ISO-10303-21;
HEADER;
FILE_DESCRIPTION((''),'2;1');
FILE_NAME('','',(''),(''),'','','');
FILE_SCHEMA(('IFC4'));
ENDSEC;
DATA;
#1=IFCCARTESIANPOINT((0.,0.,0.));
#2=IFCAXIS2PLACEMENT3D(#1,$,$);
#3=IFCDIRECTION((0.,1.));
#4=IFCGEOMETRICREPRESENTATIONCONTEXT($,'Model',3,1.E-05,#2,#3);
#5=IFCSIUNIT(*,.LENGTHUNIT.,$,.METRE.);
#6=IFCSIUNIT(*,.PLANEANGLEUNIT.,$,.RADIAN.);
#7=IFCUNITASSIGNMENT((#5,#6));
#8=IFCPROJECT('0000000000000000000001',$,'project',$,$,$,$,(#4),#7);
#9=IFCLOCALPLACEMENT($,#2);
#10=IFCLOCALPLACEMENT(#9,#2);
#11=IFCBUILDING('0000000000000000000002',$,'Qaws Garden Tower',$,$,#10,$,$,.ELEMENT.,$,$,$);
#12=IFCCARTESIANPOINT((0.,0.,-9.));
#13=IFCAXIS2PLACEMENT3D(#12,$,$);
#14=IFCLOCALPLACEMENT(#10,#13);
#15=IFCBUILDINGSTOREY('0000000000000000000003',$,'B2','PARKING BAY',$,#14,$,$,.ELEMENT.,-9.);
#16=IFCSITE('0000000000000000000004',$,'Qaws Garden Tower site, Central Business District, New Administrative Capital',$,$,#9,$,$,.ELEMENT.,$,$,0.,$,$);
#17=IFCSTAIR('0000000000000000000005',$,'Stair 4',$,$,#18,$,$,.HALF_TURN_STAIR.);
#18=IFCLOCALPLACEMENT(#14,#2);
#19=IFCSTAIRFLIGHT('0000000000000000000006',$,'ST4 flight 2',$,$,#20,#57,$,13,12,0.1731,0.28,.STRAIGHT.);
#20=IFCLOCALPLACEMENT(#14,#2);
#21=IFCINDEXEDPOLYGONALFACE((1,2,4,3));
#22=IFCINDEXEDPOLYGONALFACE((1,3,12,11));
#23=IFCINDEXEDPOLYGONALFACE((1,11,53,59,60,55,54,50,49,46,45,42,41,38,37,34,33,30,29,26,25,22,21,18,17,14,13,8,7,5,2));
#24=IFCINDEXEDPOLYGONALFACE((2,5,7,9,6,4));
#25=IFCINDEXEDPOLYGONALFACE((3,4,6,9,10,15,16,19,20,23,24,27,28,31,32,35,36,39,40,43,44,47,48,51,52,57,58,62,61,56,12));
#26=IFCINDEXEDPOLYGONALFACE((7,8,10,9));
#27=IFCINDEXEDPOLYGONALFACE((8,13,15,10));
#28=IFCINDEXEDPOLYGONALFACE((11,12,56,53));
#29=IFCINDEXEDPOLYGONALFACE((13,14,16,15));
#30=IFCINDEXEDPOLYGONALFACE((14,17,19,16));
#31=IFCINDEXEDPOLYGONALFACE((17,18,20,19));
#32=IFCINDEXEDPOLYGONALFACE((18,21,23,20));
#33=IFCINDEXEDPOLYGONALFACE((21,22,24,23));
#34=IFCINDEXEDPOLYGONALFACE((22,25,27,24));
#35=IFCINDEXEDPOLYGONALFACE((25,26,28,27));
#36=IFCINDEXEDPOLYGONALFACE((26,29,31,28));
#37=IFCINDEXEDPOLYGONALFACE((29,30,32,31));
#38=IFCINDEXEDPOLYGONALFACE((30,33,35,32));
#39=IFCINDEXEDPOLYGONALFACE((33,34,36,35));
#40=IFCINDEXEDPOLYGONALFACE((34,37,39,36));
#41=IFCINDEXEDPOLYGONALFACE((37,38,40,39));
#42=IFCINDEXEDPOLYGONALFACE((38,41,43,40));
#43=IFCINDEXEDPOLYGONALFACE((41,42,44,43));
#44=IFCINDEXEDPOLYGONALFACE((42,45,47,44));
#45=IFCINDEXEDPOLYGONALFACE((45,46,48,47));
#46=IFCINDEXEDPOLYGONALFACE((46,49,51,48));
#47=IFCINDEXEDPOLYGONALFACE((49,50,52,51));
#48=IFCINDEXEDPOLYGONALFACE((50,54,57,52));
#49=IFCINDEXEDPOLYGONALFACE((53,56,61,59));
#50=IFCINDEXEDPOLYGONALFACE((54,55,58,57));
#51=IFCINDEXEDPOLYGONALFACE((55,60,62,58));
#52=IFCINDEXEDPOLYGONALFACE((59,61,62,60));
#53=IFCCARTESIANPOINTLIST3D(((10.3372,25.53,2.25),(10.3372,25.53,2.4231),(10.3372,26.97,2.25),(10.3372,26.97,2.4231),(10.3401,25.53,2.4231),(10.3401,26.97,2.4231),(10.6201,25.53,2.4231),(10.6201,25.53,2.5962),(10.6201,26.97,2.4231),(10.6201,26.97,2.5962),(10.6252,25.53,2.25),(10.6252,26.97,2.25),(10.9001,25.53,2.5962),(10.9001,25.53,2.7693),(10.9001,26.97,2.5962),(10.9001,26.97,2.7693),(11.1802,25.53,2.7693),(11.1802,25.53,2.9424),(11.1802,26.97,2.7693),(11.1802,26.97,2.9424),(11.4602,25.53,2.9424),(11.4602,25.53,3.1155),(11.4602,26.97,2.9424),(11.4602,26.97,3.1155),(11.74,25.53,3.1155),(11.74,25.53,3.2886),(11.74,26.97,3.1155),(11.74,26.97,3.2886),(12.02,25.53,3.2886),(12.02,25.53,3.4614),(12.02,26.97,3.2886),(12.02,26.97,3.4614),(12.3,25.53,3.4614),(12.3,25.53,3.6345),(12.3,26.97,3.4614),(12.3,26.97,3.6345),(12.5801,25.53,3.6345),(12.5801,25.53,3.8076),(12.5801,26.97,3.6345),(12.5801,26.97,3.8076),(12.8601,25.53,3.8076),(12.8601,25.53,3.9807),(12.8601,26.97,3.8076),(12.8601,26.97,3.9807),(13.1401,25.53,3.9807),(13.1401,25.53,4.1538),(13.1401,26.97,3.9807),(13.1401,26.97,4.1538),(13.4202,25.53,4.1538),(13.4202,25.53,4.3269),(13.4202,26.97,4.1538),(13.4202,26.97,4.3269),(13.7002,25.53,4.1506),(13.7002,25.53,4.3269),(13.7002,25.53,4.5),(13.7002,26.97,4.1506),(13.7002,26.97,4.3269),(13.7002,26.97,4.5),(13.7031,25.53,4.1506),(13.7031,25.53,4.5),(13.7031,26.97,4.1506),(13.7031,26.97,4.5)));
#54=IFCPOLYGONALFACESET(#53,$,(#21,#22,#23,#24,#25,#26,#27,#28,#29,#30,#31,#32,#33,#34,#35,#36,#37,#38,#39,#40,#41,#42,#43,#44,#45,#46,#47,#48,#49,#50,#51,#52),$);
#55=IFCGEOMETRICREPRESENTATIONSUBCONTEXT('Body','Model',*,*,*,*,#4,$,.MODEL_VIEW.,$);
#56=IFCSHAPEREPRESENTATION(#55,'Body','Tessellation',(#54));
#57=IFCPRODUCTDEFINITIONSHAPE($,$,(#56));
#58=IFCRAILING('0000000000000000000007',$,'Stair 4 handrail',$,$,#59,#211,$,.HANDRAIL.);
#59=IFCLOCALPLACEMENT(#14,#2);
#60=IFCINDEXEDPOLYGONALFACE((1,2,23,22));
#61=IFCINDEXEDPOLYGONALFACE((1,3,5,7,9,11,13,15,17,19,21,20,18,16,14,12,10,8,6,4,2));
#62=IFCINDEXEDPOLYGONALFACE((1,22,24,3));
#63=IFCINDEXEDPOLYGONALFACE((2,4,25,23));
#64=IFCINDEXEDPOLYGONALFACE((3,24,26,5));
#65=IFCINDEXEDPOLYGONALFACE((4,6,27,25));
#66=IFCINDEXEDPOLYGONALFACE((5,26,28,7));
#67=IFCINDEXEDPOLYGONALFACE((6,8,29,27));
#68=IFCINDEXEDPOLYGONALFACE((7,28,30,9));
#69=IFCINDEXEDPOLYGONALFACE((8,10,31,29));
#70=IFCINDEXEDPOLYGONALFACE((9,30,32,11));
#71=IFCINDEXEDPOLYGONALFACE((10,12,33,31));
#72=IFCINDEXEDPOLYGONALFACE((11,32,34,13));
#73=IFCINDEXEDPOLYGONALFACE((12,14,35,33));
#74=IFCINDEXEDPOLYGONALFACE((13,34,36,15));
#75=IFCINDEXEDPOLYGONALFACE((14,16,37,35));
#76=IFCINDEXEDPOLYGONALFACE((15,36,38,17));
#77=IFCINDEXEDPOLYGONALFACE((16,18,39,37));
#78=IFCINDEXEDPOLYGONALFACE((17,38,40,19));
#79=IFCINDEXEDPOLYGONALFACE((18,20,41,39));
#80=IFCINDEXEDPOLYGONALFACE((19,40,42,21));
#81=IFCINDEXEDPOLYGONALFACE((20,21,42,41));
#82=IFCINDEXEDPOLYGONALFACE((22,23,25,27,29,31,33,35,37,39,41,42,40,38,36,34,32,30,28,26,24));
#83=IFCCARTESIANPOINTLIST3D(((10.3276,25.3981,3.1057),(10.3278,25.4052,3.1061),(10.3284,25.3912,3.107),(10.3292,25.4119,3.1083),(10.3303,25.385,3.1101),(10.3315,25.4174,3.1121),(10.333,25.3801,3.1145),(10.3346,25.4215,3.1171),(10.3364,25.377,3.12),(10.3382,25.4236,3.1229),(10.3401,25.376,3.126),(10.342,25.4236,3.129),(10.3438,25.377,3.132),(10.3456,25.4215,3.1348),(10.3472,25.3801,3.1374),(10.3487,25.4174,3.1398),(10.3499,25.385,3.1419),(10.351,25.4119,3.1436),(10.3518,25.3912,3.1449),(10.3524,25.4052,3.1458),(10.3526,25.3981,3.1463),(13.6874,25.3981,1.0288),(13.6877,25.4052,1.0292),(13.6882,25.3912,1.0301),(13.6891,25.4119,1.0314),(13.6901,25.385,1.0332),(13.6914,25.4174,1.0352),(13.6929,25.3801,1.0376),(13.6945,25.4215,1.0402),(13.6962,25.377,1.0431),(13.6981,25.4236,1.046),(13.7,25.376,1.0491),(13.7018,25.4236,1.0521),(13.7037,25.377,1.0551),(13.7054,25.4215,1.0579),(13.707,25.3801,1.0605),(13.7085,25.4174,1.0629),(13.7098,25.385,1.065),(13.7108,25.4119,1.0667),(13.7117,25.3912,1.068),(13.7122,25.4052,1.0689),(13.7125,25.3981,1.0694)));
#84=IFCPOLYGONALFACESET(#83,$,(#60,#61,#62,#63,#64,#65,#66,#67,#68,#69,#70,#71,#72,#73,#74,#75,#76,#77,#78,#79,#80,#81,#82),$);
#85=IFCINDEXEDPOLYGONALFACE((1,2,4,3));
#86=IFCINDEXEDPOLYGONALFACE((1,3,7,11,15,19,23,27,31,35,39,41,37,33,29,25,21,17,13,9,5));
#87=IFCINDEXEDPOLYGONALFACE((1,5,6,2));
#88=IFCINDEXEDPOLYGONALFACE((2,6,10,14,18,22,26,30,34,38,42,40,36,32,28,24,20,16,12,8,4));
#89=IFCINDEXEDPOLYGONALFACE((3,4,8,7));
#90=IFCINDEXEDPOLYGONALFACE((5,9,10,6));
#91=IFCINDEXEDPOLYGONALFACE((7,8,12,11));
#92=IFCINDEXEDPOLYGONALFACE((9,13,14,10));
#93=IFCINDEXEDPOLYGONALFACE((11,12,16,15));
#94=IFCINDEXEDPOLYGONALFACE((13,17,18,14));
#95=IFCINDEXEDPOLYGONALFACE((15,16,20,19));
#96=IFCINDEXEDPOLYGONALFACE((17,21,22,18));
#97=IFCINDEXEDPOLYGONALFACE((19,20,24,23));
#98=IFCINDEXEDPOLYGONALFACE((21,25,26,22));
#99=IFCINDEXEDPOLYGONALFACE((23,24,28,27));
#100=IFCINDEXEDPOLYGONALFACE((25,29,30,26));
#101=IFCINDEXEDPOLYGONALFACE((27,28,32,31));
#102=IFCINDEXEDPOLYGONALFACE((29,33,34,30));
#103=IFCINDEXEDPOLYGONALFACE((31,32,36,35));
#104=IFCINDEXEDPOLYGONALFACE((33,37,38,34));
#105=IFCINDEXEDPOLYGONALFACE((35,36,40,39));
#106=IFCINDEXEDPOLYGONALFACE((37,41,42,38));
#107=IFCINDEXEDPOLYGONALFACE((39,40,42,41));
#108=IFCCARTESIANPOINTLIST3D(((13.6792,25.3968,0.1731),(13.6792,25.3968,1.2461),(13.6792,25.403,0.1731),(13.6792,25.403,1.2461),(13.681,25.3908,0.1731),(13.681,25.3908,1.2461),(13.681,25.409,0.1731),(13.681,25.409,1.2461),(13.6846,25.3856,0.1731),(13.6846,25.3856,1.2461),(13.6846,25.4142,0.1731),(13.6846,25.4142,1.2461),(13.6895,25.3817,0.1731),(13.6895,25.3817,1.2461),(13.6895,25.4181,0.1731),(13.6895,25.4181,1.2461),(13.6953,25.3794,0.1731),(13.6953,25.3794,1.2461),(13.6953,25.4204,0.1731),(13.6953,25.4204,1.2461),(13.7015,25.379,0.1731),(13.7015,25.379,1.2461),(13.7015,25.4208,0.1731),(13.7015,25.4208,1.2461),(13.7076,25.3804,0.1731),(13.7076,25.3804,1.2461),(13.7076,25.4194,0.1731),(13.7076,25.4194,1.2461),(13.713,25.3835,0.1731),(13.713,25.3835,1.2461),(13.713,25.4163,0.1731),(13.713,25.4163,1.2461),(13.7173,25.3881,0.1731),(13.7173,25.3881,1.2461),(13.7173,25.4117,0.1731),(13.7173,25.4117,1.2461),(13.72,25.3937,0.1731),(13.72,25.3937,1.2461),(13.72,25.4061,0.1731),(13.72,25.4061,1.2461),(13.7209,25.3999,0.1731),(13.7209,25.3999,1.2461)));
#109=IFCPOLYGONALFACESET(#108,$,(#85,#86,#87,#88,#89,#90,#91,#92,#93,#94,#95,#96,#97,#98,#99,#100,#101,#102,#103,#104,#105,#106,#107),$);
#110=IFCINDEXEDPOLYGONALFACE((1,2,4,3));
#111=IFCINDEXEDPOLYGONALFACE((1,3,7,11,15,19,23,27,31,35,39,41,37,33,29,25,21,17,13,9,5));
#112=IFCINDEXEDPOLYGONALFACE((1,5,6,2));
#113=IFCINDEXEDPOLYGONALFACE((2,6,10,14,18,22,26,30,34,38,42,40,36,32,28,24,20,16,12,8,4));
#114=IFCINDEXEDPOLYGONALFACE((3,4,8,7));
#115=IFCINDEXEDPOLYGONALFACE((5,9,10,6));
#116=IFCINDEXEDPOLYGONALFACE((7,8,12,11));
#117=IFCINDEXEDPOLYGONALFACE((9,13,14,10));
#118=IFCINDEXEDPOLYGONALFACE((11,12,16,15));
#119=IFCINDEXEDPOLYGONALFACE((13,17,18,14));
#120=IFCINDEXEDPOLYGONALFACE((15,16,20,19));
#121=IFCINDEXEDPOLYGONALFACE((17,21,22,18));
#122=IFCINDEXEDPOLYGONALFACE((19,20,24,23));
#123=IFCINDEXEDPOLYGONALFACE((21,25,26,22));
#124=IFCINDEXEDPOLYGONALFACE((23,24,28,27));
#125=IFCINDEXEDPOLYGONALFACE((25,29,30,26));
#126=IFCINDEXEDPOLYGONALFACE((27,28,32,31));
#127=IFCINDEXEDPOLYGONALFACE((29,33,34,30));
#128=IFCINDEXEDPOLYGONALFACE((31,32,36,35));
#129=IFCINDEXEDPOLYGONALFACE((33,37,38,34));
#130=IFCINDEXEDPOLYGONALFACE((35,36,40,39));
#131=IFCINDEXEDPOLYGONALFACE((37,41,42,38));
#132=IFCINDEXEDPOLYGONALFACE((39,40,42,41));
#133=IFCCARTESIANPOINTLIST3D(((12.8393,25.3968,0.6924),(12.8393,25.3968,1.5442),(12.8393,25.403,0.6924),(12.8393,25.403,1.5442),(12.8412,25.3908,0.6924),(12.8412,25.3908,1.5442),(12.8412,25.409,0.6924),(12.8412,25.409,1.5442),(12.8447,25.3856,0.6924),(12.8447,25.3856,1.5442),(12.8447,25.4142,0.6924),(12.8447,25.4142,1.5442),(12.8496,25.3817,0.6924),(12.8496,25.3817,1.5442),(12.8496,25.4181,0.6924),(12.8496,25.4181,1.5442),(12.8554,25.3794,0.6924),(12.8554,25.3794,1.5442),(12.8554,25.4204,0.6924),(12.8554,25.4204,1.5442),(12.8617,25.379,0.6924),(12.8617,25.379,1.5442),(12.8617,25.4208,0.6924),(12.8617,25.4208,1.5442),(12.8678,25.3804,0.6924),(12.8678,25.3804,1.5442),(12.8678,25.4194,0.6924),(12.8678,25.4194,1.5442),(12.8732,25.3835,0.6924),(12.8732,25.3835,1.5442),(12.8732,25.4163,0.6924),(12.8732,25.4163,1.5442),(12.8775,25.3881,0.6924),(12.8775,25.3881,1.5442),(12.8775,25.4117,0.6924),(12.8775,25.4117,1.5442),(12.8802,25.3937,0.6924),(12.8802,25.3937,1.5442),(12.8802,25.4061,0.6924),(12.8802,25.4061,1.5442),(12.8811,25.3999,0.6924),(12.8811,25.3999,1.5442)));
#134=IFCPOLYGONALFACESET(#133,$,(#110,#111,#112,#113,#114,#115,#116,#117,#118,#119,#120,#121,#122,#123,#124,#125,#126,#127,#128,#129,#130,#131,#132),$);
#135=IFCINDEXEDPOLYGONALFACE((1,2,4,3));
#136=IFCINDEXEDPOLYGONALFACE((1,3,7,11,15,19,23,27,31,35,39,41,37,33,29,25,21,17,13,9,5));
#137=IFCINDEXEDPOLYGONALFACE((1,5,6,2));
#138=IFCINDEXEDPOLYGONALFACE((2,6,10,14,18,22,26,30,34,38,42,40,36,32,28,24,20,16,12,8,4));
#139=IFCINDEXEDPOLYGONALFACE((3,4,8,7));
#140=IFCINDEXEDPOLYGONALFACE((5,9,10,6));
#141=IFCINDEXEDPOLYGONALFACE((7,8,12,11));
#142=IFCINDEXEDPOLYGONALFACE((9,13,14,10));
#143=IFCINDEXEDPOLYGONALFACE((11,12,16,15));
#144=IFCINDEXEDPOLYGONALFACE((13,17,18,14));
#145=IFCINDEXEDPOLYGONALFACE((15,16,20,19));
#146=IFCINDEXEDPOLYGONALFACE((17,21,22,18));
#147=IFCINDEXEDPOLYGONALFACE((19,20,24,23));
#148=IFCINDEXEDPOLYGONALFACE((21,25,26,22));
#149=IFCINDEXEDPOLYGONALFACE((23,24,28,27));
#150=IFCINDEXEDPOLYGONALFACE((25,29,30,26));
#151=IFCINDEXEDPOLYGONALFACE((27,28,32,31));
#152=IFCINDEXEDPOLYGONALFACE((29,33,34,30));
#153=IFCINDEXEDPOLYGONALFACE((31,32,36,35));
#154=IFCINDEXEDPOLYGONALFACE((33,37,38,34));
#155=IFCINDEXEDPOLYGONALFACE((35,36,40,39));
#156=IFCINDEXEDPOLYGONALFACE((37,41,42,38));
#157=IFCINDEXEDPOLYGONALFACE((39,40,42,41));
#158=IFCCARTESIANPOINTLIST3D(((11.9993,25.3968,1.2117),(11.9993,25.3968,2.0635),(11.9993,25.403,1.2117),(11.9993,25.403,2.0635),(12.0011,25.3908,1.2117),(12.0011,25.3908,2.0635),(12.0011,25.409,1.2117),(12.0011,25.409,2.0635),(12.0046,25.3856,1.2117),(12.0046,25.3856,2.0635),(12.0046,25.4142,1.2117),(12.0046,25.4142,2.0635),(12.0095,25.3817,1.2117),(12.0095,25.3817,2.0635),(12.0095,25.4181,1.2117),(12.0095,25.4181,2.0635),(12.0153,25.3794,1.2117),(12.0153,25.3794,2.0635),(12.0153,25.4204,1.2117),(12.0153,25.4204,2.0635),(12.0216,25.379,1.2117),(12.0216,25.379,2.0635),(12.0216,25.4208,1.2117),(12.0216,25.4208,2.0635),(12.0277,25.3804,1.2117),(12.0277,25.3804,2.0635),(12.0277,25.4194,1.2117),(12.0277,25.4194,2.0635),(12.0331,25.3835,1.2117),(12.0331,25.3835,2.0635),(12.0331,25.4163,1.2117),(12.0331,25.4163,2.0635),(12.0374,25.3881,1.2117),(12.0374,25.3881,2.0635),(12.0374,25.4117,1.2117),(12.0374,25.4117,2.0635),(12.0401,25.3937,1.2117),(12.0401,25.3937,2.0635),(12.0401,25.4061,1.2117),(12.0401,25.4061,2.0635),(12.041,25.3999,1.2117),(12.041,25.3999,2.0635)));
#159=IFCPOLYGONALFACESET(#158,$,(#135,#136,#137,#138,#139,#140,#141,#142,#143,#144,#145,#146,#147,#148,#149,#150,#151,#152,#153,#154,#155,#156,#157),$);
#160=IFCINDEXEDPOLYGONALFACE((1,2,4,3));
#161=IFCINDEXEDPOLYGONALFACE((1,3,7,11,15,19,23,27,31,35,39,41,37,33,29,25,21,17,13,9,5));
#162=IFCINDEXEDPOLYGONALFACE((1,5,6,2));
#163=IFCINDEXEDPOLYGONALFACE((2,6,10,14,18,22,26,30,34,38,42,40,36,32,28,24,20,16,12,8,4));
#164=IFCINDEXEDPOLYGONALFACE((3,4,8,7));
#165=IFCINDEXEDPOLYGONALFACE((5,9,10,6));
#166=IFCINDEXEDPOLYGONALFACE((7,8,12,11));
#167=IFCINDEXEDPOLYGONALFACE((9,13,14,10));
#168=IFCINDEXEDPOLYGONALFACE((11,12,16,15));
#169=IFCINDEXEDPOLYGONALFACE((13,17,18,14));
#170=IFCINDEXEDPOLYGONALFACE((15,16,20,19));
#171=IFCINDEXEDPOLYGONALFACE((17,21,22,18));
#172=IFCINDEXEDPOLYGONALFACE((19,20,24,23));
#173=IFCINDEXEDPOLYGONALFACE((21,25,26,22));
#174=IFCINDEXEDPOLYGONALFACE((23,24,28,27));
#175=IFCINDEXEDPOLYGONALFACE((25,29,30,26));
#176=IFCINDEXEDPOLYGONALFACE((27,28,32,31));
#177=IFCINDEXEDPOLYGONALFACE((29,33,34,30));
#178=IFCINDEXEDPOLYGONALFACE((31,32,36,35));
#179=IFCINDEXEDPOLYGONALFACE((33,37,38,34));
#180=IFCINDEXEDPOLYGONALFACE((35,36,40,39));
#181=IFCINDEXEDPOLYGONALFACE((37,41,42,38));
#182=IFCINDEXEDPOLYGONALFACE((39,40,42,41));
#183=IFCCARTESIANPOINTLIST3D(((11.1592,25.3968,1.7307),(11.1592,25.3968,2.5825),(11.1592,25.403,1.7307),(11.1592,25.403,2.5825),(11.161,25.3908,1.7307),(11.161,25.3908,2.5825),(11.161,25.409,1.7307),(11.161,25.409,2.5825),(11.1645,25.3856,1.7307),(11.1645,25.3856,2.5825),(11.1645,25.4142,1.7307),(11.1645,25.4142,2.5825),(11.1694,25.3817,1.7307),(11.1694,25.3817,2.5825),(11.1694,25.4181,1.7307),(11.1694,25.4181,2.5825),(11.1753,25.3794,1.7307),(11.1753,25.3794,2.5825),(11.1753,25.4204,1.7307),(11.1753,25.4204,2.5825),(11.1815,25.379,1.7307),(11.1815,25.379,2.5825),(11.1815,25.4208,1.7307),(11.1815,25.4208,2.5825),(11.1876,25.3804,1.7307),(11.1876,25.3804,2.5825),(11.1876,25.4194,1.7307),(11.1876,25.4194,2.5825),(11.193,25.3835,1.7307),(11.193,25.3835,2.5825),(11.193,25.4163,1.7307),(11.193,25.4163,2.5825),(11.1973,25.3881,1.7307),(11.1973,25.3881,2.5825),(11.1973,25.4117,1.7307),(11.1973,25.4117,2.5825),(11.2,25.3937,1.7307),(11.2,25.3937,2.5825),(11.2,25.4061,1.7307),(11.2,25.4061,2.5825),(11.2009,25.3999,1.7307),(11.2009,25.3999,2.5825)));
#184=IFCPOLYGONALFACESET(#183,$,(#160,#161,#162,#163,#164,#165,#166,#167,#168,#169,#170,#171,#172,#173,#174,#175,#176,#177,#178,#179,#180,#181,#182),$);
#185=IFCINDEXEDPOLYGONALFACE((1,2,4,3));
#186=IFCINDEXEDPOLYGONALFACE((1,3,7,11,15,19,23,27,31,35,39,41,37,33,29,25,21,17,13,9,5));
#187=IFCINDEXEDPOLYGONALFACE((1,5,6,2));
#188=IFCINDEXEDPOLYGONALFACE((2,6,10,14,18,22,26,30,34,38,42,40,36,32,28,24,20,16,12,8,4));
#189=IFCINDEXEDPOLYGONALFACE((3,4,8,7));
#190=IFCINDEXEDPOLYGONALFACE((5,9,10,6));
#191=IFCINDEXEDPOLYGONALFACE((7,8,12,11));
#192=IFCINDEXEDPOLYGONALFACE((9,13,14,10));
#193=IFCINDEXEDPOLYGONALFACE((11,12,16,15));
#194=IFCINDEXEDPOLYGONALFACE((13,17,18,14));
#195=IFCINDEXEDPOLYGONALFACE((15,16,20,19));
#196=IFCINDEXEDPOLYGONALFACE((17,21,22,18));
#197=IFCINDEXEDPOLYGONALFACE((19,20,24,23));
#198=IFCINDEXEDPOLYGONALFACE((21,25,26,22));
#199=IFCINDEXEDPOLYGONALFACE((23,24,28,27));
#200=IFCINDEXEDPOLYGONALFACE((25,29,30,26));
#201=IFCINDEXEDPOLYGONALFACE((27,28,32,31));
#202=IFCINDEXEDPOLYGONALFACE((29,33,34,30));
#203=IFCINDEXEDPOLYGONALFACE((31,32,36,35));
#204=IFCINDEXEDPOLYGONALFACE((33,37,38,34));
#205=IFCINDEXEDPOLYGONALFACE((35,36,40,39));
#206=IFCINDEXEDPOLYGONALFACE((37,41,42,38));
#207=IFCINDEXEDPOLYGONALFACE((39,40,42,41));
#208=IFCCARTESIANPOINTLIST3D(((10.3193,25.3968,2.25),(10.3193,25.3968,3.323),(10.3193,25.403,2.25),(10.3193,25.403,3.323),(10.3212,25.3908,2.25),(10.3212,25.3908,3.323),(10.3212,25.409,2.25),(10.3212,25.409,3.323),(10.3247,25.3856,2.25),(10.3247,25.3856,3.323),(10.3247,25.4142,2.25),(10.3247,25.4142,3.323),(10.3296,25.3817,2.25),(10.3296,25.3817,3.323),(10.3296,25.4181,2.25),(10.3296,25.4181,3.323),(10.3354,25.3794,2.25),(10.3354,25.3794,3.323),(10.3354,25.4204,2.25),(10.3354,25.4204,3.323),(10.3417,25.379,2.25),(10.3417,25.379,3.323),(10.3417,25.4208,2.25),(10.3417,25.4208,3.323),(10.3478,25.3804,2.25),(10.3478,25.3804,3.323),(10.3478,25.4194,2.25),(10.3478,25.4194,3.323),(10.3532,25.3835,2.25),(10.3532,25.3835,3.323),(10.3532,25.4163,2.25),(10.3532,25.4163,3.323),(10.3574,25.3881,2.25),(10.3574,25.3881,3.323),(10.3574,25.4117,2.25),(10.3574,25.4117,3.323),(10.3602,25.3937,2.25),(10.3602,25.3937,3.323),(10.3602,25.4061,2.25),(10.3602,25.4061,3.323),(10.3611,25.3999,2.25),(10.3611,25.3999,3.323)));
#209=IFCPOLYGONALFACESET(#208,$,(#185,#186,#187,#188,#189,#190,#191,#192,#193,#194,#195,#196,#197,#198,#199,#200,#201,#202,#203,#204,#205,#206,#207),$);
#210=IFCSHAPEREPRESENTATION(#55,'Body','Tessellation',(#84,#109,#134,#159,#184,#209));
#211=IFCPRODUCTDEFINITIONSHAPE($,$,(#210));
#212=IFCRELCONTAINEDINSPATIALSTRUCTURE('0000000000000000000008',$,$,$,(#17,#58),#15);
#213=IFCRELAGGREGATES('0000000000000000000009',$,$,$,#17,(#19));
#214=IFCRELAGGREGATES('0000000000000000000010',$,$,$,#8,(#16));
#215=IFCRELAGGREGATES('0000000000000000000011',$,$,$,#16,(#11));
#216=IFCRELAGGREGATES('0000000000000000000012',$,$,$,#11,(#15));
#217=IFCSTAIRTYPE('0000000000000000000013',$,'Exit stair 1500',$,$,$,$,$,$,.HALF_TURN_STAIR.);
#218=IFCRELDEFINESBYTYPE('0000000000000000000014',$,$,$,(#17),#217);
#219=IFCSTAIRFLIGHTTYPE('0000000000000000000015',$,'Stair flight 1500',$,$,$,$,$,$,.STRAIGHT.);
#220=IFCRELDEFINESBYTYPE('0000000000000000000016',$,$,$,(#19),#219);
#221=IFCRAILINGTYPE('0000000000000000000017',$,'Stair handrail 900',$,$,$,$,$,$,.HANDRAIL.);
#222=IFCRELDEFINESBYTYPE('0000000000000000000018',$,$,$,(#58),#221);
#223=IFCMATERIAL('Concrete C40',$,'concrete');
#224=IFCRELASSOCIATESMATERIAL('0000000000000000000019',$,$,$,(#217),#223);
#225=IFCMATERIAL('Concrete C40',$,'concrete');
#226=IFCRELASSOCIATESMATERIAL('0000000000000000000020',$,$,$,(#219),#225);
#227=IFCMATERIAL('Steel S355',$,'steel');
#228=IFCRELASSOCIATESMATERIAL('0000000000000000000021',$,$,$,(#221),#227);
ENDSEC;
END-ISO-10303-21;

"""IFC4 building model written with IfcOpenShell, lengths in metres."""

from ifc_helpers import new_model, si_unit, direction, frame, origin, origin_2d, place, context, subcontext, project, spatial, polyline, circle, outline, extrude, material, type_object, element, aggregate, save


model = new_model("IFC4")

# Units and contexts
model_context = context("Model", 3, precision=1e-05, world=origin(), true_north=direction((0.0, 1.0)))
body_context = subcontext(model_context, "Body", "Model", "MODEL_VIEW")
ifc_project = project(units=[si_unit("LENGTHUNIT", "METRE"), si_unit("PLANEANGLEUNIT", "RADIAN")], contexts=[model_context])

# Site, building, storey
site_placement = place(None, origin())
site = spatial("IfcSite", under=ifc_project, at=site_placement, Name="Qaws Garden Tower site, Central Business District, New Administrative Capital", CompositionType="ELEMENT", RefElevation=0.0)
building_placement = place(site_placement, origin())
building = spatial("IfcBuilding", under=site, at=building_placement, Name="Qaws Garden Tower", CompositionType="ELEMENT")
storey_placement = place(building_placement, frame((0.0, 0.0, -9.0)))
storey = spatial("IfcBuildingStorey", under=building, at=storey_placement, Name="B2", Description="PARKING BAY", CompositionType="ELEMENT", Elevation=-9.0)

# Stair, stair flight
ifc_material_1 = material(Name="Concrete C40", Category="concrete")
stair_type = type_object("IfcStairType", Name="Exit stair 1500", PredefinedType="HALF_TURN_STAIR", material=ifc_material_1)
stair_placement = place(storey_placement, origin())
stair = element("IfcStair", 1, at=stair_placement, inside=storey, type_object=stair_type, Name="Stair 4", PredefinedType="HALF_TURN_STAIR")
ifc_material_2 = material(Name="Concrete C40", Category="concrete")
stair_flight_type = type_object("IfcStairFlightType", Name="Stair flight 1500", PredefinedType="STRAIGHT", material=ifc_material_2)
stair_flight_1_placement = place(storey_placement, frame((10.3401, 26.25, 2.25), z_axis=(0.0, 0.0, 1.0), x_axis=(1.0, 0.0, 0.0)))
stair_flight_1 = element("IfcStairFlight", 2, at=stair_flight_1_placement, type_object=stair_flight_type, Name="ST4 flight 2", NumberOfRisers=13, NumberOfTreads=12, PredefinedType="STRAIGHT", RiserHeight=0.1731, TreadLength=0.28, context=body_context, shape_type="SweptSolid", body=[
    extrude(outline(polyline([(-0.0029, 0.0), (-0.0029, 0.1731), (0.0, 0.1731), (0.28, 0.1731), (0.28, 0.3462), (0.5601, 0.3462), (0.5601, 0.5193), (0.8401, 0.5193), (0.8401, 0.6924), (1.1201, 0.6924), (1.1201, 0.8655), (1.3999, 0.8655), (1.3999, 1.0386), (1.6799, 1.0386), (1.6799, 1.2114), (1.96, 1.2114), (1.96, 1.3845), (2.24, 1.3845), (2.24, 1.5576), (2.52, 1.5576), (2.52, 1.7307), (2.8, 1.7307), (2.8, 1.9038), (3.0801, 1.9038), (3.0801, 2.0769), (3.3601, 2.0769), (3.3601, 2.25), (3.363, 2.25), (3.363, 1.9006), (3.3601, 1.9006), (0.2852, 0.0), (-0.0029, 0.0)])), frame((0.0, 0.72, 0.0), z_axis=(0.0, -1.0, 0.0), x_axis=(1.0, 0.0, 0.0)), (0.0, 0.0, 1.0), 1.4399),
])
aggregate(stair, [stair_flight_1])

# Railing
ifc_material_3 = material(Name="Steel S355", Category="steel")
railing_type = type_object("IfcRailingType", Name="Stair handrail 900", PredefinedType="HANDRAIL", material=ifc_material_3)
railing_1_placement = place(storey_placement, frame((13.7, 25.3999, 0.1731)))
element("IfcRailing", 3, at=railing_1_placement, inside=storey, type_object=railing_type, Name="Stair 4 handrail", PredefinedType="HANDRAIL", context=body_context, shape_type="SweptSolid", body=[
    extrude(circle(Radius=0.0239, at=origin_2d()), frame((0.0, 0.0, 0.876), z_axis=(-0.850606, 0.0, 0.525803), x_axis=(0.0, -1.0, 0.0)), (0.0, 0.0, 1.0), 3.95),
    extrude(circle(Radius=0.021, at=origin_2d()), origin(), (0.0, 0.0, 1.0), 1.073),
    extrude(circle(Radius=0.021, at=origin_2d()), frame((-0.8398, 0.0, 0.5193)), (0.0, 0.0, 1.0), 0.8518),
    extrude(circle(Radius=0.021, at=origin_2d()), frame((-1.6799, 0.0, 1.0386)), (0.0, 0.0, 1.0), 0.8518),
    extrude(circle(Radius=0.021, at=origin_2d()), frame((-2.52, 0.0, 1.5576)), (0.0, 0.0, 1.0), 0.8518),
    extrude(circle(Radius=0.021, at=origin_2d()), frame((-3.3599, 0.0, 2.0769)), (0.0, 0.0, 1.0), 1.073),
])

save(model, "model.ifc")
